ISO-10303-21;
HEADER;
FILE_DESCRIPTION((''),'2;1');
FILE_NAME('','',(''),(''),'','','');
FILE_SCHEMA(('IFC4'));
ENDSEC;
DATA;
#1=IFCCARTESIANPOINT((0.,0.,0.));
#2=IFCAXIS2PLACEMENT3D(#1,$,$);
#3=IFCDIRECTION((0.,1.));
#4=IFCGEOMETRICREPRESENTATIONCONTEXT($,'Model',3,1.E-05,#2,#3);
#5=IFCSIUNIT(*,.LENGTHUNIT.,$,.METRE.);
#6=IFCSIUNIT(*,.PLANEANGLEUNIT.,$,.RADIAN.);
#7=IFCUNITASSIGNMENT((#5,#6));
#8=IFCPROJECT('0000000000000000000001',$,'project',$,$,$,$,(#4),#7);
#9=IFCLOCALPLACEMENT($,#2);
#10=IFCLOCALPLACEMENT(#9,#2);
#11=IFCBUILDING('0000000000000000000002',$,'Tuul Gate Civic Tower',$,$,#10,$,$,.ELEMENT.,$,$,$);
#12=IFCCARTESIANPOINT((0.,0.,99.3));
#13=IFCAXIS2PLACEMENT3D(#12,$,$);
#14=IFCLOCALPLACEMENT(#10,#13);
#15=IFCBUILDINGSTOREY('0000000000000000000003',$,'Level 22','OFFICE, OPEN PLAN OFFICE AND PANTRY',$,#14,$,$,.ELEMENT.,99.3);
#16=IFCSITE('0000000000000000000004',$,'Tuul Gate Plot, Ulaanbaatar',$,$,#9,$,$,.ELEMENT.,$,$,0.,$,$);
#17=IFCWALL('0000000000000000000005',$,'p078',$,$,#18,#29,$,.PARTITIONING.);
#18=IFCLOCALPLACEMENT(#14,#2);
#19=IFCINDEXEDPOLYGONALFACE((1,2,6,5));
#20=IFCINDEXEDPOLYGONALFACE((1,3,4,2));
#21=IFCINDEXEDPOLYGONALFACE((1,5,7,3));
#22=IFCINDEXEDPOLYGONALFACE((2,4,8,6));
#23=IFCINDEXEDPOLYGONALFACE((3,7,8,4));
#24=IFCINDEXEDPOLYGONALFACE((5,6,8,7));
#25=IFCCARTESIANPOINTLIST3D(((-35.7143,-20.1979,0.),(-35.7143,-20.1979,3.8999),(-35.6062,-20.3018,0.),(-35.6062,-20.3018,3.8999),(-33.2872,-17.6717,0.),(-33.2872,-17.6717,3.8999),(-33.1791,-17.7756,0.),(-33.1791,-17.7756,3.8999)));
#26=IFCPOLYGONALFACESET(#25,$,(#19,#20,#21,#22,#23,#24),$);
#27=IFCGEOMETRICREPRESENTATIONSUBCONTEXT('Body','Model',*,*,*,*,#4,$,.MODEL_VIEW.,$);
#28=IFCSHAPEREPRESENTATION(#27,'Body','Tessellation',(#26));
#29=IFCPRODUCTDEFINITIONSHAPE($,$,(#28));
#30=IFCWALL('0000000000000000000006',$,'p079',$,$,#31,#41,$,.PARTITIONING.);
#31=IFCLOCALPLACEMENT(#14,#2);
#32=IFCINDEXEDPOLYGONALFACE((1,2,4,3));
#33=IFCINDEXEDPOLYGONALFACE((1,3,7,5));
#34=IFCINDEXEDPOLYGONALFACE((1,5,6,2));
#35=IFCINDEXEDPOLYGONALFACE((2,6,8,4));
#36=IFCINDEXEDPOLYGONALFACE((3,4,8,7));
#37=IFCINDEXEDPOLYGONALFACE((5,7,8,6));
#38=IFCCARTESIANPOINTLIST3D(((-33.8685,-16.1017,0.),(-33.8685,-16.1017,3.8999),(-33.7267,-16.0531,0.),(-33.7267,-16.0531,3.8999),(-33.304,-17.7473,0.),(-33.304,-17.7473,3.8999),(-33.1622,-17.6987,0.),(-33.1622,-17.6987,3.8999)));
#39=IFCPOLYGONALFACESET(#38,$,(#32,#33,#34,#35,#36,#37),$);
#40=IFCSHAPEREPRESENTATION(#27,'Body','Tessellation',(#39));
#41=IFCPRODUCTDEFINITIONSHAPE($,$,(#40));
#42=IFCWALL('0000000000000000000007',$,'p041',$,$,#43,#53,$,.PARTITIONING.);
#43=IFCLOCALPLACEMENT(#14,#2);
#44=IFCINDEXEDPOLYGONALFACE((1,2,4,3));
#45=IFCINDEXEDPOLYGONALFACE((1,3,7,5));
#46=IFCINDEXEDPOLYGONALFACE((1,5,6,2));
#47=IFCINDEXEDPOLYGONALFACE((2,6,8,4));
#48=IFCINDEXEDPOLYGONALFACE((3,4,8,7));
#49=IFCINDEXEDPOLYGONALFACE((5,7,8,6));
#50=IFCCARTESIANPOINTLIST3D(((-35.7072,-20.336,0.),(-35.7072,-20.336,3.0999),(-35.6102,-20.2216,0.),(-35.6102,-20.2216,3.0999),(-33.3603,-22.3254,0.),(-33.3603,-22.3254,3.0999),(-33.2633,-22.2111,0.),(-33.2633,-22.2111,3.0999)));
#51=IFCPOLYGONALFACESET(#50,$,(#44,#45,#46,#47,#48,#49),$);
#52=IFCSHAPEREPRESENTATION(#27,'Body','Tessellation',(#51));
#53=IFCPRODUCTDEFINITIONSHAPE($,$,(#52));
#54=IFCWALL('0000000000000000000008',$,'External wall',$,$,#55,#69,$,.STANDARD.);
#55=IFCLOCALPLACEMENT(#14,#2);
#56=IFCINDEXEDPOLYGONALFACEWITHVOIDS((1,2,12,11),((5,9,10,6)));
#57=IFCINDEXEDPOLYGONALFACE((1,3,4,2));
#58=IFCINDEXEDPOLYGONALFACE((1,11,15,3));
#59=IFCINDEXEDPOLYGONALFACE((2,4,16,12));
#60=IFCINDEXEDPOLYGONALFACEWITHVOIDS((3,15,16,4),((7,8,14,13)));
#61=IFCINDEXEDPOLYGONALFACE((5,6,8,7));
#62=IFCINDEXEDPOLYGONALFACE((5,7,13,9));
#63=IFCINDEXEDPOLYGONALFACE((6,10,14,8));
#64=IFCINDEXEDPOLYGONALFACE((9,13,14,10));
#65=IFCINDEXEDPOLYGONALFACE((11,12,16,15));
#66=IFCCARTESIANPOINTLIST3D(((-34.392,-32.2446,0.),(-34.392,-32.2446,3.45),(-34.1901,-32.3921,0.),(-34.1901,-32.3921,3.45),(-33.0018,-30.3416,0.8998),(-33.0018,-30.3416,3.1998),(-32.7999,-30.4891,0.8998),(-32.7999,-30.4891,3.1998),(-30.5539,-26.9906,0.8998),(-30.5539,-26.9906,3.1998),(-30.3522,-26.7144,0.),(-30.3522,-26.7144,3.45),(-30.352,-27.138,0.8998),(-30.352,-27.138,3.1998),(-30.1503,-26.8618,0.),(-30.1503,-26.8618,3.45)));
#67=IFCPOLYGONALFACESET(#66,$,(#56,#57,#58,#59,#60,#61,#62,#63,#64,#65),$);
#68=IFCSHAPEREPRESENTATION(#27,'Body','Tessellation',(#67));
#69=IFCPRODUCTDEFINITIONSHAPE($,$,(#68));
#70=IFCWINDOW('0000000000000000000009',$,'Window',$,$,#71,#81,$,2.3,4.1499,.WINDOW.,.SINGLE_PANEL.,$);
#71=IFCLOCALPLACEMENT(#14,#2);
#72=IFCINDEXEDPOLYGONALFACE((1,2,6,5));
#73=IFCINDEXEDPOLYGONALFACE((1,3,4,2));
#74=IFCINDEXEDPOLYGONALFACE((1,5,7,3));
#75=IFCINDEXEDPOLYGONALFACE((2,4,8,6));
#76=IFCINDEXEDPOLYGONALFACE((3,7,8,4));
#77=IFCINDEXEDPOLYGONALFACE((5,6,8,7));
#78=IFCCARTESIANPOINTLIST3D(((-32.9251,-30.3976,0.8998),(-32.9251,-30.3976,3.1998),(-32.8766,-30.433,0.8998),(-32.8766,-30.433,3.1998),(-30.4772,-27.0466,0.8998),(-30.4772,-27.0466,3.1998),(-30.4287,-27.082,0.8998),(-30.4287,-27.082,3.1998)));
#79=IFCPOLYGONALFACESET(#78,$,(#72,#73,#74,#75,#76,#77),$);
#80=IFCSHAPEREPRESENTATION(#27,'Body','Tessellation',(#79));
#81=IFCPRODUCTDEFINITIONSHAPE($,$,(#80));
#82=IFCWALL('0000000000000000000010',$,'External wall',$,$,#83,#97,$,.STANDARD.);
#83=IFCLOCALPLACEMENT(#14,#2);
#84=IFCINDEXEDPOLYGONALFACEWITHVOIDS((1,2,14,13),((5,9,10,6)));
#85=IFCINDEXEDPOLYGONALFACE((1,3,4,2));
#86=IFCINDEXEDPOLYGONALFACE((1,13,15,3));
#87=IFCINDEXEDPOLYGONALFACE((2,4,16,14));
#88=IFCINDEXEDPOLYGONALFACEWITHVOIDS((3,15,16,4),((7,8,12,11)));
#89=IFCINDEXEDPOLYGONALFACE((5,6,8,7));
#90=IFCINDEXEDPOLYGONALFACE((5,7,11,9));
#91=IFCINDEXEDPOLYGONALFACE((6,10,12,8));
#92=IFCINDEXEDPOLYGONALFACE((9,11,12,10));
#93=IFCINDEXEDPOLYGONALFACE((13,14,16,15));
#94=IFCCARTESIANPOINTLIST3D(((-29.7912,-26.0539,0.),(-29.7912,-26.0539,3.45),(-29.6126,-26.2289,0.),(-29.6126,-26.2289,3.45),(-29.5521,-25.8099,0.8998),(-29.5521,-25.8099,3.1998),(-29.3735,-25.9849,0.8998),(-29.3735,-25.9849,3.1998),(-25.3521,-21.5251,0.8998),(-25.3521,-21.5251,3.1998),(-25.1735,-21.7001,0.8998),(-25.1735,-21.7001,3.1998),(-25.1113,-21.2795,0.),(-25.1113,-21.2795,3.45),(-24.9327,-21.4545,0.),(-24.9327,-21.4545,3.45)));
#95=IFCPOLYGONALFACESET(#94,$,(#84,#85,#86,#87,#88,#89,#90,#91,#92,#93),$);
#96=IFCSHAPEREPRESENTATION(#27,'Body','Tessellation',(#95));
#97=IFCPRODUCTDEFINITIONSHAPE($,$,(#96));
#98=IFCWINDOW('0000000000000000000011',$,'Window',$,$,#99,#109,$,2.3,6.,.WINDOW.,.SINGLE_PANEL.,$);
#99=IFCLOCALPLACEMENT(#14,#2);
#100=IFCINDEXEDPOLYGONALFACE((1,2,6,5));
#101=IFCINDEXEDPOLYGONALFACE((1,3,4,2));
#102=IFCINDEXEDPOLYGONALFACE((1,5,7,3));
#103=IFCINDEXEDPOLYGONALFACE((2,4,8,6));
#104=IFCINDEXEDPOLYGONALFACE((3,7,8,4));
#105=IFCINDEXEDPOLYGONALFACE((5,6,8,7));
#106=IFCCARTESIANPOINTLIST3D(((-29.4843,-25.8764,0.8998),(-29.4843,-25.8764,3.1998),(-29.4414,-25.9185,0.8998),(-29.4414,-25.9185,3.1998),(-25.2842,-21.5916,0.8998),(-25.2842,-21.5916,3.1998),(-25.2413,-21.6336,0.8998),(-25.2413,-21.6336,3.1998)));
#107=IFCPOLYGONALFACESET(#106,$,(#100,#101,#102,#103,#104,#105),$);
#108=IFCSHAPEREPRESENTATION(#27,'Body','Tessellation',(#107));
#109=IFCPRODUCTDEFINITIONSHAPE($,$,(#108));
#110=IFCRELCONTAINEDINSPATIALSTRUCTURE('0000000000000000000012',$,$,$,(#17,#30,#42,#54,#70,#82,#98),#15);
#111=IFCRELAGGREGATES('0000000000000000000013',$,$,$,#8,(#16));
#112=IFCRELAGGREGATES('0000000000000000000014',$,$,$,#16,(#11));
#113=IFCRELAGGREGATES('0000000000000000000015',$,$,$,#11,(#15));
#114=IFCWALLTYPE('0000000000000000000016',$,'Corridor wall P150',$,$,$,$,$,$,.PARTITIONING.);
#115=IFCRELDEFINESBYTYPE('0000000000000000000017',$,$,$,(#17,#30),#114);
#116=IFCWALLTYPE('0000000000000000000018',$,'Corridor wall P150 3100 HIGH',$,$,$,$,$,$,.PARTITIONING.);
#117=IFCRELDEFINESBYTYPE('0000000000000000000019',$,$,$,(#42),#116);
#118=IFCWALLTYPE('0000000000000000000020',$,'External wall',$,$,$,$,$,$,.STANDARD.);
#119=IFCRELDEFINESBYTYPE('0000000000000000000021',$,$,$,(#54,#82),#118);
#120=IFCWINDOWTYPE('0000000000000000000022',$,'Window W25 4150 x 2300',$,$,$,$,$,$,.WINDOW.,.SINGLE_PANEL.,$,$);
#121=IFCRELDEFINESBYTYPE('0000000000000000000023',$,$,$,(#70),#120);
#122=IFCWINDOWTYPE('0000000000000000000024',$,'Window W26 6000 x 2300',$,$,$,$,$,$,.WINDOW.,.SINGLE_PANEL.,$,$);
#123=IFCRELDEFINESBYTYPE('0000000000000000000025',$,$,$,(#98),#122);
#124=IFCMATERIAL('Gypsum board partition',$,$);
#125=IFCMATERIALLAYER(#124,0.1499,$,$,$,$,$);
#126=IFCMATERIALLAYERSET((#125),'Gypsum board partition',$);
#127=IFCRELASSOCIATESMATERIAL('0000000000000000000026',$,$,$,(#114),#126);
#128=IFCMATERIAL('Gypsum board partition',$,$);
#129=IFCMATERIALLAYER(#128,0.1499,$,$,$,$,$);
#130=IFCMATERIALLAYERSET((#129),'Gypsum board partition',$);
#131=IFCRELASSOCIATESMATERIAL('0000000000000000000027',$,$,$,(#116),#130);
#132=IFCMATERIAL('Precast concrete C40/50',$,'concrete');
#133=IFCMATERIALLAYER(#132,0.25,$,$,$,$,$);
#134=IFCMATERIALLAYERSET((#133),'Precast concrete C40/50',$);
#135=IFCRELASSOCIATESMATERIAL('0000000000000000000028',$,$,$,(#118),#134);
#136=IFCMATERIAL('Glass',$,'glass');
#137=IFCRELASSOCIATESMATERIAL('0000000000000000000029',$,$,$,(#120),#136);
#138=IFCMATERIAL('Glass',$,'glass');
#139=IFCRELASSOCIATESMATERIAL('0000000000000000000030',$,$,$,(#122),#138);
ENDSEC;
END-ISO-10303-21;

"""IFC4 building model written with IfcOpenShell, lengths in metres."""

from ifc_helpers import new_model, si_unit, direction, frame, frame_2d, origin, place, context, subcontext, project, spatial, rectangle, extrude, material, layer, layer_set, type_object, element, fill, save


model = new_model("IFC4")

# Units and contexts
model_context = context("Model", 3, precision=1e-05, world=origin(), true_north=direction((0.0, 1.0)))
body_context = subcontext(model_context, "Body", "Model", "MODEL_VIEW")
ifc_project = project(units=[si_unit("LENGTHUNIT", "METRE"), si_unit("PLANEANGLEUNIT", "RADIAN")], contexts=[model_context])

# Site, building, storey
site_placement = place(None, origin())
site = spatial("IfcSite", under=ifc_project, at=site_placement, Name="Tuul Gate Plot, Ulaanbaatar", CompositionType="ELEMENT", RefElevation=0.0)
building_placement = place(site_placement, origin())
building = spatial("IfcBuilding", under=site, at=building_placement, Name="Tuul Gate Civic Tower", CompositionType="ELEMENT")
storey_placement = place(building_placement, frame((0.0, 0.0, 99.3)))
storey = spatial("IfcBuildingStorey", under=building, at=storey_placement, Name="Level 22", Description="OFFICE, OPEN PLAN OFFICE AND PANTRY", CompositionType="ELEMENT", Elevation=99.3)

# Shared definitions
ifc_material_1 = material(Name="Gypsum board partition")
ifc_layer_1 = layer(ifc_material_1, 0.1499)
ifc_layer_set_1 = layer_set([ifc_layer_1], Name="Gypsum board partition")
wall_type_1 = type_object("IfcWallType", Name="Corridor wall P150", PredefinedType="PARTITIONING", material=ifc_layer_set_1)

# Walls
wall_1_placement = place(storey_placement, frame((-35.6602, -20.2498, 0.0), z_axis=(0.0, 0.0, 1.0), x_axis=(0.692818, 0.721113, 0.0)))
element("IfcWall", 1, at=wall_1_placement, inside=storey, type_object=wall_type_1, Name="p078", PredefinedType="PARTITIONING", context=body_context, shape_type="SweptSolid", body=[
    extrude(rectangle(XDim=3.5032, YDim=0.1499, at=frame_2d((1.7515, 0.0))), origin(), (0.0, 0.0, 1.0), 3.8999),
])
wall_2_placement = place(storey_placement, frame((-33.7976, -16.0774, 0.0), z_axis=(0.0, 0.0, 1.0), x_axis=(0.324468, -0.945897, 0.0)))
element("IfcWall", 2, at=wall_2_placement, inside=storey, type_object=wall_type_1, Name="p079", PredefinedType="PARTITIONING", context=body_context, shape_type="SweptSolid", body=[
    extrude(rectangle(XDim=1.7397, YDim=0.1499, at=frame_2d((0.8699, 0.0))), origin(), (0.0, 0.0, 1.0), 3.8999),
])
ifc_material_2 = material(Name="Gypsum board partition")
ifc_layer_2 = layer(ifc_material_2, 0.1499)
ifc_layer_set_2 = layer_set([ifc_layer_2], Name="Gypsum board partition")
wall_type_2 = type_object("IfcWallType", Name="Corridor wall P150 3100 HIGH", PredefinedType="PARTITIONING", material=ifc_layer_set_2)
wall_3_placement = place(storey_placement, frame((-35.6587, -20.2788, 0.0), z_axis=(0.0, 0.0, 1.0), x_axis=(0.762802, -0.646632, 0.0)))
element("IfcWall", 3, at=wall_3_placement, inside=storey, type_object=wall_type_2, Name="p041", PredefinedType="PARTITIONING", context=body_context, shape_type="SweptSolid", body=[
    extrude(rectangle(XDim=3.0767, YDim=0.1499, at=frame_2d((1.5383, 0.0))), origin(), (0.0, 0.0, 1.0), 3.0999),
])

# Walls, openings, windows
ifc_material_3 = material(Name="Precast concrete C40/50", Category="concrete")
ifc_layer_3 = layer(ifc_material_3, 0.25)
ifc_layer_set_3 = layer_set([ifc_layer_3], Name="Precast concrete C40/50")
wall_type_3 = type_object("IfcWallType", Name="External wall", PredefinedType="STANDARD", material=ifc_layer_set_3)
wall_4_placement = place(storey_placement, frame((-34.291, -32.3184, 0.0), z_axis=(0.0, 0.0, 1.0), x_axis=(0.589868, 0.8075, 0.0)))
wall_4 = element("IfcWall", 4, at=wall_4_placement, inside=storey, type_object=wall_type_3, Name="External wall", PredefinedType="STANDARD", context=body_context, shape_type="SweptSolid", body=[
    extrude(rectangle(XDim=6.8486, YDim=0.25, at=frame_2d((3.4243, 0.0))), origin(), (0.0, 0.0, 1.0), 3.45),
])
opening_1_placement = place(wall_4_placement, frame((2.3567, 0.0, 0.8999)))
opening_1 = element("IfcOpeningElement", 5, at=opening_1_placement, cuts=wall_4, PredefinedType="OPENING", context=body_context, shape_type="SweptSolid", body=[
    extrude(rectangle(XDim=4.1499, YDim=2.3, at=frame_2d((2.075, 1.1499))), frame((0.0, 0.135, 0.0), z_axis=(0.0, -1.0, 0.0), x_axis=(1.0, 0.0, 0.0)), (0.0, 0.0, 1.0), 0.27),
])
ifc_material_4 = material(Name="Glass", Category="glass")
window_type_1 = type_object("IfcWindowType", Name="Window W25 4150 x 2300", PartitioningType="SINGLE_PANEL", PredefinedType="WINDOW", material=ifc_material_4)
window_1_placement = place(opening_1_placement, origin())
window_1 = element("IfcWindow", 6, at=window_1_placement, inside=storey, type_object=window_type_1, Name="Window", OverallHeight=2.3, OverallWidth=4.1499, PartitioningType="SINGLE_PANEL", PredefinedType="WINDOW", context=body_context, shape_type="SweptSolid", body=[
    extrude(rectangle(XDim=4.1499, YDim=2.3, at=frame_2d((2.075, 1.1499))), frame((0.0, 0.03, 0.0), z_axis=(0.0, -1.0, 0.0), x_axis=(1.0, 0.0, 0.0)), (0.0, 0.0, 1.0), 0.0601),
])
fill(opening_1, window_1)
wall_5_placement = place(storey_placement, frame((-29.7019, -26.1414, 0.0), z_axis=(0.0, 0.0, 1.0), x_axis=(0.700005, 0.714138, 0.0)))
wall_5 = element("IfcWall", 7, at=wall_5_placement, inside=storey, type_object=wall_type_3, Name="External wall", PredefinedType="STANDARD", context=body_context, shape_type="SweptSolid", body=[
    extrude(rectangle(XDim=6.6855, YDim=0.25, at=frame_2d((3.3428, 0.0))), origin(), (0.0, 0.0, 1.0), 3.45),
])
opening_2_placement = place(wall_5_placement, frame((0.3416, 0.0, 0.8999)))
opening_2 = element("IfcOpeningElement", 8, at=opening_2_placement, cuts=wall_5, PredefinedType="OPENING", context=body_context, shape_type="SweptSolid", body=[
    extrude(rectangle(XDim=6.0, YDim=2.3, at=frame_2d((3.0, 1.1499))), frame((0.0, 0.135, 0.0), z_axis=(0.0, -1.0, 0.0), x_axis=(1.0, 0.0, 0.0)), (0.0, 0.0, 1.0), 0.27),
])
ifc_material_5 = material(Name="Glass", Category="glass")
window_type_2 = type_object("IfcWindowType", Name="Window W26 6000 x 2300", PartitioningType="SINGLE_PANEL", PredefinedType="WINDOW", material=ifc_material_5)
window_2_placement = place(opening_2_placement, origin())
window_2 = element("IfcWindow", 9, at=window_2_placement, inside=storey, type_object=window_type_2, Name="Window", OverallHeight=2.3, OverallWidth=6.0, PartitioningType="SINGLE_PANEL", PredefinedType="WINDOW", context=body_context, shape_type="SweptSolid", body=[
    extrude(rectangle(XDim=6.0, YDim=2.3, at=frame_2d((3.0, 1.1499))), frame((0.0, 0.03, 0.0), z_axis=(0.0, -1.0, 0.0), x_axis=(1.0, 0.0, 0.0)), (0.0, 0.0, 1.0), 0.0601),
])
fill(opening_2, window_2)

save(model, "model.ifc")
